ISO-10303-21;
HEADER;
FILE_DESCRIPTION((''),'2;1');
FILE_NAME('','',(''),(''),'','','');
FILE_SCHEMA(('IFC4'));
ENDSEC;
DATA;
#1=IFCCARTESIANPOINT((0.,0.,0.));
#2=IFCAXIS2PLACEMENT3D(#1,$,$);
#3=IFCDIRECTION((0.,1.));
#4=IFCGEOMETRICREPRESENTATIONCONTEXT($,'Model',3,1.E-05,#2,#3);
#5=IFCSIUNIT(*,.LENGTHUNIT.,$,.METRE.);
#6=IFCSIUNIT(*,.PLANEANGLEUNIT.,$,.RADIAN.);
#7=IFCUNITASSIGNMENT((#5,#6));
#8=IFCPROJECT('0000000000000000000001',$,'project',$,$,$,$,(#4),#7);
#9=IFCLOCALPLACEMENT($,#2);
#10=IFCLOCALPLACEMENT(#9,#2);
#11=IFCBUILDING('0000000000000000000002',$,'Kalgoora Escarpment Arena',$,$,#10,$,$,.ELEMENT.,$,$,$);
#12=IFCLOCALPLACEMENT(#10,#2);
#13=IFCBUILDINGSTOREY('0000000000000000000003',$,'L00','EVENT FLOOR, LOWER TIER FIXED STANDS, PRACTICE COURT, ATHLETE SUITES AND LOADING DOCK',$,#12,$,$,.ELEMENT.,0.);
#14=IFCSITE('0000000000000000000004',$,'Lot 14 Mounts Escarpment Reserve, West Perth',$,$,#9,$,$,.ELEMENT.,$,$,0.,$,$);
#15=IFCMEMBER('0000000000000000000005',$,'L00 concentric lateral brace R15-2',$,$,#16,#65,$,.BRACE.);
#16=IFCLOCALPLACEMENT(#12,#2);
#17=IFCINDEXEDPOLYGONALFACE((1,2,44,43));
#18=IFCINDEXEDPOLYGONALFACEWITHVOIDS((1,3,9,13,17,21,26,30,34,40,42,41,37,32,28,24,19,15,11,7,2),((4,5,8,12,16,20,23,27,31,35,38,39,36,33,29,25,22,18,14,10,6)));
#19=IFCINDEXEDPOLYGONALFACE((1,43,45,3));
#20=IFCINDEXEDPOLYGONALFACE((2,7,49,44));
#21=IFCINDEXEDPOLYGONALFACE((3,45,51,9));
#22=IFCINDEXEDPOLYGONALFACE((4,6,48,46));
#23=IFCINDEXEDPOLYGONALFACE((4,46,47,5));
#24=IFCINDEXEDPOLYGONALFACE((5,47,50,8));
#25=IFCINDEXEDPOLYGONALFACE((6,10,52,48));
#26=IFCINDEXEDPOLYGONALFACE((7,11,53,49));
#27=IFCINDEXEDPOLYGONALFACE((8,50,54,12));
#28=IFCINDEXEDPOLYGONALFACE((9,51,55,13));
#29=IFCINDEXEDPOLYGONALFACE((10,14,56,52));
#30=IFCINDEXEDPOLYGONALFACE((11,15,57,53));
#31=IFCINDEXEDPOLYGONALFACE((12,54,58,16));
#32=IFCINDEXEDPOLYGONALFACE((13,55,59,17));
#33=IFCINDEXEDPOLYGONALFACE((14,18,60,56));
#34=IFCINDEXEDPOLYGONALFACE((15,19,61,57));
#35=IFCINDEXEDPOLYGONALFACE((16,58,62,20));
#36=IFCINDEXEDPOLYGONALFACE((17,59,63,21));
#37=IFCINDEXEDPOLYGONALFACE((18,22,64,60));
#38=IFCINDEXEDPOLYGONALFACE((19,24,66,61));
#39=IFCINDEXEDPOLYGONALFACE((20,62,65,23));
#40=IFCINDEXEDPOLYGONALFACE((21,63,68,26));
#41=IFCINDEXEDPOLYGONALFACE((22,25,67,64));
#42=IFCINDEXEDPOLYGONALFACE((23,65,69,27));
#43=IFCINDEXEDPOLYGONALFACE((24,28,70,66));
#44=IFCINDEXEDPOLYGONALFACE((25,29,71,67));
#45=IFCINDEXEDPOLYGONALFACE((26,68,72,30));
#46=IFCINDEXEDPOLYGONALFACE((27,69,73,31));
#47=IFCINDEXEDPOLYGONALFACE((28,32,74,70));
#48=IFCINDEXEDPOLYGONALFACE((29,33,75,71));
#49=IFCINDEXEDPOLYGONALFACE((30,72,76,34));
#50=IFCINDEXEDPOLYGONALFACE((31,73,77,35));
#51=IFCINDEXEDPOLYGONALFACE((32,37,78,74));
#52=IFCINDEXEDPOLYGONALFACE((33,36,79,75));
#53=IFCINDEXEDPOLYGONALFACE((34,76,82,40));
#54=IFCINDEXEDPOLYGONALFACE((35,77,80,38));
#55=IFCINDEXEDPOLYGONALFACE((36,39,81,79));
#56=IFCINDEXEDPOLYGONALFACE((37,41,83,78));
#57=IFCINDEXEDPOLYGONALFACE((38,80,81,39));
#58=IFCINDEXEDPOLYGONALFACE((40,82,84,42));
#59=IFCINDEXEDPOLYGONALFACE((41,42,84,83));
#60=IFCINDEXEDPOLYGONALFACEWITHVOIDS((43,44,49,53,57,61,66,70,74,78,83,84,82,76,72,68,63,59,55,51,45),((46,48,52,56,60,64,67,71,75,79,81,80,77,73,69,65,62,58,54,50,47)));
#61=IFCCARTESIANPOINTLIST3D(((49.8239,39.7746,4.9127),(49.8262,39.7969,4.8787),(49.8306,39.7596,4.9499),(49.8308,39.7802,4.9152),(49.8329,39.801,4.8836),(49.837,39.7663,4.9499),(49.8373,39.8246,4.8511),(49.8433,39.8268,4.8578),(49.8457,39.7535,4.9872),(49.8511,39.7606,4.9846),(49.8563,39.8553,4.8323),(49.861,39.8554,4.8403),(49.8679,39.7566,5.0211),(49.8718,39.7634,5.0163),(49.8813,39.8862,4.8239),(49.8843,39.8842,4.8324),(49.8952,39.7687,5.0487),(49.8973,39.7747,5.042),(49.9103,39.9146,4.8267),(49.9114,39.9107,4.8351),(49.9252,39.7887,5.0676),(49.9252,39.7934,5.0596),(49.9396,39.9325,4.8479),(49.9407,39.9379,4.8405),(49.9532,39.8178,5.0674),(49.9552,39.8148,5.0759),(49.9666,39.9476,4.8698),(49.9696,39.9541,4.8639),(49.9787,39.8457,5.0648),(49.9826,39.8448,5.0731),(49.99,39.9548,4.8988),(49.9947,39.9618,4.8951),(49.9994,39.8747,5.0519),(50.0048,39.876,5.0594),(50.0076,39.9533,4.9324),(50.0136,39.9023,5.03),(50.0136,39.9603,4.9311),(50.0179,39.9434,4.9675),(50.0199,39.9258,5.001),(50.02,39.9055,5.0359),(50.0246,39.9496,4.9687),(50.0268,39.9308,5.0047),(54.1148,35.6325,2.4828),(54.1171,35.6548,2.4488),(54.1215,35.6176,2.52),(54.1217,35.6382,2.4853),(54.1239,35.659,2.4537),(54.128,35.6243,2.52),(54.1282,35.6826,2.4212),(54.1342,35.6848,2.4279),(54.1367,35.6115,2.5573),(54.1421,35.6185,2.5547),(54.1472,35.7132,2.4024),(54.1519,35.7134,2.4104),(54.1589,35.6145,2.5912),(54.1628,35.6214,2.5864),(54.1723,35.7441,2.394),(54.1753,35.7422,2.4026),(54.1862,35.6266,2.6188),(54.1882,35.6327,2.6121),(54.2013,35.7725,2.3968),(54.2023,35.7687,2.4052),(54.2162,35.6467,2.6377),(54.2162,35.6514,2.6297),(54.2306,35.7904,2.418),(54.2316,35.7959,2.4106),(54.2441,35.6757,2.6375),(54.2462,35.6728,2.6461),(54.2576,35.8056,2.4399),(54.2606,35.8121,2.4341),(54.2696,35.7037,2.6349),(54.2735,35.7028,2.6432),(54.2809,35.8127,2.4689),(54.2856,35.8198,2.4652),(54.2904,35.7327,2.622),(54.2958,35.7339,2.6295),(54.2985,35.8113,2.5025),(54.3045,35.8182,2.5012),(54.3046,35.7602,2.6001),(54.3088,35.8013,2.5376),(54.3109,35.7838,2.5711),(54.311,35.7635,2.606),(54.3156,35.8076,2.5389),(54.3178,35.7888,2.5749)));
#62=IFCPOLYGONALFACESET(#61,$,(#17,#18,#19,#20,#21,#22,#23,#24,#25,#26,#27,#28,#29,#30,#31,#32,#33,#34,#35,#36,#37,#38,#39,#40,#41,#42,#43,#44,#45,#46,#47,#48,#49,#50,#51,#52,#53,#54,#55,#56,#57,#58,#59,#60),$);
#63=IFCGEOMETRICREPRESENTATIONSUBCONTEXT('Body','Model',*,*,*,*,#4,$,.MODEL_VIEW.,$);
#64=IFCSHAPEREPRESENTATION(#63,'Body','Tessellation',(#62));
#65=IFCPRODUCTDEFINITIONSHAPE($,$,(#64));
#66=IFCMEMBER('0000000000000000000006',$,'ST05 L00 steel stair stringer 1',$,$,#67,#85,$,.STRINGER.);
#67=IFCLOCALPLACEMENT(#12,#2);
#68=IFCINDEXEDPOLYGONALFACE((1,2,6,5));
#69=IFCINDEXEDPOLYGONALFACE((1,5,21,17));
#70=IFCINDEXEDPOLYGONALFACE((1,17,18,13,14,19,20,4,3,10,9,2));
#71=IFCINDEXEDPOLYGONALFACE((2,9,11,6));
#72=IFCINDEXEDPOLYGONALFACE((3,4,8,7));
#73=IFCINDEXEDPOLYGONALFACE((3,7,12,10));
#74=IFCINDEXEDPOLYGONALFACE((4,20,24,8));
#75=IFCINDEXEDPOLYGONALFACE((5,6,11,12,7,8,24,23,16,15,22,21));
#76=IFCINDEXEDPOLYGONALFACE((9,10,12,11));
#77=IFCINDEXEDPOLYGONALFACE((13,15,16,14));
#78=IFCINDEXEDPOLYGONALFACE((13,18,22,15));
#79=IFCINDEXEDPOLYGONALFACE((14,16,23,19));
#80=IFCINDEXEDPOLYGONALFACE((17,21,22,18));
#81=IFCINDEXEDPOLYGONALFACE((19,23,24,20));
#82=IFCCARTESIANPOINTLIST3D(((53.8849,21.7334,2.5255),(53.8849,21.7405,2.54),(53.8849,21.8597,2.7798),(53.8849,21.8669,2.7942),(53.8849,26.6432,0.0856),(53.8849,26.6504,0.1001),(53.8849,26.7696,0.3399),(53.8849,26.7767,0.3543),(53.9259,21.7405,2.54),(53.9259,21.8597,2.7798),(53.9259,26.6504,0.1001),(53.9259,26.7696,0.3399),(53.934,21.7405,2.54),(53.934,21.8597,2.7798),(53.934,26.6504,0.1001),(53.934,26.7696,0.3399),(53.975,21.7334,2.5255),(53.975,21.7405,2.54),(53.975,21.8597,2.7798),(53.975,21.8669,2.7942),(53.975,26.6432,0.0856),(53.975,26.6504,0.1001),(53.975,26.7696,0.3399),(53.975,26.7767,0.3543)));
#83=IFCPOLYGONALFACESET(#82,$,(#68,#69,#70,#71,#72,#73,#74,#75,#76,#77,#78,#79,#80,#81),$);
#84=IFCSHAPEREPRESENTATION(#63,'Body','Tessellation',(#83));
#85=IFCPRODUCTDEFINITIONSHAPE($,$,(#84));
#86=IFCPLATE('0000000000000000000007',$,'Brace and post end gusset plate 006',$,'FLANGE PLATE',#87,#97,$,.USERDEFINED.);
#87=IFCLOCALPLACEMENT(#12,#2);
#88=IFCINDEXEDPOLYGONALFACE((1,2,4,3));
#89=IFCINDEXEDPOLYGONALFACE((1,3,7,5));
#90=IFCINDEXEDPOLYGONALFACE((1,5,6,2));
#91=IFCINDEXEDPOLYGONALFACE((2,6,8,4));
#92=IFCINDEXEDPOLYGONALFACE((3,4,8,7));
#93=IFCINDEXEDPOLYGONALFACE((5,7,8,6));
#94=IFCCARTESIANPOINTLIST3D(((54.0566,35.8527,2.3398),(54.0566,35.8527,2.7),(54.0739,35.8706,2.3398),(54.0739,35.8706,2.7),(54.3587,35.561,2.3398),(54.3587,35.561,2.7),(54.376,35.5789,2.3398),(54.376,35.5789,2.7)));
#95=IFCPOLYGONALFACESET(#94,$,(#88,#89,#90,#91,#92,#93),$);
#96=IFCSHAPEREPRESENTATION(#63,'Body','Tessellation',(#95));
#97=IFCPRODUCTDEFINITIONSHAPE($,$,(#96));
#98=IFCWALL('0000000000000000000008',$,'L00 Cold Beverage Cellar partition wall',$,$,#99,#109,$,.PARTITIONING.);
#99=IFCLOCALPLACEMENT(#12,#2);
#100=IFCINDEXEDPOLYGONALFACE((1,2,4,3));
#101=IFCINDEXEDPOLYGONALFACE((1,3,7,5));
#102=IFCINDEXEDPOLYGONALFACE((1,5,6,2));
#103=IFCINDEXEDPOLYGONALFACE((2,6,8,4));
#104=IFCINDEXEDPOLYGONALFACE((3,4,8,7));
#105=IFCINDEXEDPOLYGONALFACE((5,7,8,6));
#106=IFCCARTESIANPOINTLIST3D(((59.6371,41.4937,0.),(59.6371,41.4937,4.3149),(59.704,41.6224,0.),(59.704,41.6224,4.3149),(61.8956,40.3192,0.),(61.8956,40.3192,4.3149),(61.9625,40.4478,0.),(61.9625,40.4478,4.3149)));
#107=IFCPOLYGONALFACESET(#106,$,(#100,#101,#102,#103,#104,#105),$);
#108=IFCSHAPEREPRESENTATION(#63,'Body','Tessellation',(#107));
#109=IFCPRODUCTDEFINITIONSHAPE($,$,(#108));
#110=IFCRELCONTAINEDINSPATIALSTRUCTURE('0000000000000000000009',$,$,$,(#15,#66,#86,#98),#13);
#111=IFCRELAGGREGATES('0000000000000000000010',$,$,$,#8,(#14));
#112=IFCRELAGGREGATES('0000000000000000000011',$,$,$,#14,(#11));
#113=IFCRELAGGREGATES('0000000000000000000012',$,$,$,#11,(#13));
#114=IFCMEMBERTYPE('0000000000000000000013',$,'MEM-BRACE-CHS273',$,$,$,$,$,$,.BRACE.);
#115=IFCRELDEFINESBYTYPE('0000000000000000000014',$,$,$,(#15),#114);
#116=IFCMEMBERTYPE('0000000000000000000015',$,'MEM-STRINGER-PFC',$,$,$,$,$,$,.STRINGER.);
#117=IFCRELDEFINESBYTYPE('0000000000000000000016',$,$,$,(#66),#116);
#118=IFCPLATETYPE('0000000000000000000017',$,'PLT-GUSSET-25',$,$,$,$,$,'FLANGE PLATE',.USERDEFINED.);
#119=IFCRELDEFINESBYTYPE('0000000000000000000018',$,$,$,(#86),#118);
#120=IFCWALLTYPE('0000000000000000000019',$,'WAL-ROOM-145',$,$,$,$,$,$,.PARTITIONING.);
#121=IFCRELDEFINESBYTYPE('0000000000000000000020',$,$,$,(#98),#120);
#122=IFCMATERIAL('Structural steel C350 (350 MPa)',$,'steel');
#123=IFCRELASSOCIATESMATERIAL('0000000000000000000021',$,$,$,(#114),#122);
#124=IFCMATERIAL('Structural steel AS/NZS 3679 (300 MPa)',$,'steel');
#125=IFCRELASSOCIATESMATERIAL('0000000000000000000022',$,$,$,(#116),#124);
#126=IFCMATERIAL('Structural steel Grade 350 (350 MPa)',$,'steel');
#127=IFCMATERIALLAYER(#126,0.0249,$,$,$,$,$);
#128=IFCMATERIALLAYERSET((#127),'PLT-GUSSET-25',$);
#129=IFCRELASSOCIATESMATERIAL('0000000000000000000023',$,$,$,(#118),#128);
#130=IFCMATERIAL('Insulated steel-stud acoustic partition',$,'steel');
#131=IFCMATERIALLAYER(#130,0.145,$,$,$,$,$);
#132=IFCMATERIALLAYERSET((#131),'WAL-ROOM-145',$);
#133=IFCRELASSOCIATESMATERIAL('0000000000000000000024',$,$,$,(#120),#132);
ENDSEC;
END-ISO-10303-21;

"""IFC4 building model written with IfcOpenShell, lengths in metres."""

from ifc_helpers import new_model, si_unit, direction, frame, frame_2d, origin, origin_2d, place, context, subcontext, project, spatial, rectangle, hollow_circle, i_section, extrude, material, layer, layer_set, material_profile, profile_set, type_object, element, save


model = new_model("IFC4")

# Units and contexts
model_context = context("Model", 3, precision=1e-05, world=origin(), true_north=direction((0.0, 1.0)))
body_context = subcontext(model_context, "Body", "Model", "MODEL_VIEW")
ifc_project = project(units=[si_unit("LENGTHUNIT", "METRE"), si_unit("PLANEANGLEUNIT", "RADIAN")], contexts=[model_context])

# Site, building, storey
site_placement = place(None, origin())
site = spatial("IfcSite", under=ifc_project, at=site_placement, Name="Lot 14 Mounts Escarpment Reserve, West Perth", CompositionType="ELEMENT", RefElevation=0.0)
building_placement = place(site_placement, origin())
building = spatial("IfcBuilding", under=site, at=building_placement, Name="Kalgoora Escarpment Arena", CompositionType="ELEMENT")
storey_placement = place(building_placement, origin())
storey = spatial("IfcBuildingStorey", under=building, at=storey_placement, Name="L00", Description="EVENT FLOOR, LOWER TIER FIXED STANDS, PRACTICE COURT, ATHLETE SUITES AND LOADING DOCK", CompositionType="ELEMENT", Elevation=0.0)

# Members
ifc_material_1 = material(Name="Structural steel C350 (350 MPa)", Category="steel")
ifc_material_profile_1 = material_profile(ifc_material_1, hollow_circle(Radius=0.1365, WallThickness=0.0093, at=origin_2d()))
ifc_profile_set_1 = profile_set([ifc_material_profile_1], Name="Structural steel C350 (350 MPa)")
member_type_1 = type_object("IfcMemberType", Name="MEM-BRACE-CHS273", PredefinedType="BRACE", material=ifc_profile_set_1)
member_1_placement = place(storey_placement, frame((54.2163, 35.7158, 2.52), z_axis=(-0.666301, 0.643176, 0.377315), x_axis=(-0.694511, -0.719482, 0.0)))
element("IfcMember", 1, at=member_1_placement, inside=storey, type_object=member_type_1, Name="L00 concentric lateral brace R15-2", PredefinedType="BRACE", context=body_context, shape_type="SweptSolid", body=[
    extrude(hollow_circle(Radius=0.1365, WallThickness=0.0093, at=origin_2d()), origin(), (0.0, 0.0, 1.0), 6.4399),
])
ifc_material_2 = material(Name="Structural steel AS/NZS 3679 (300 MPa)", Category="steel")
ifc_material_profile_2 = material_profile(ifc_material_2, i_section(OverallWidth=0.0901, OverallDepth=0.3, WebThickness=0.0081, FlangeThickness=0.0161, at=origin_2d()))
ifc_profile_set_2 = profile_set([ifc_material_profile_2], Name="Structural steel AS/NZS 3679 (300 MPa)")
member_type_2 = type_object("IfcMemberType", Name="MEM-STRINGER-PFC", PredefinedType="STRINGER", material=ifc_profile_set_2)
member_2_placement = place(storey_placement, frame((53.9299, 26.71, 0.22), z_axis=(0.0, -0.89552, 0.445021), x_axis=(1.0, 0.0, 0.0)))
element("IfcMember", 2, at=member_2_placement, inside=storey, type_object=member_type_2, Name="ST05 L00 steel stair stringer 1", PredefinedType="STRINGER", context=body_context, shape_type="SweptSolid", body=[
    extrude(i_section(OverallWidth=0.0901, OverallDepth=0.3, WebThickness=0.0081, FlangeThickness=0.0161, at=origin_2d()), origin(), (0.0, 0.0, 1.0), 5.4827),
])

# Plate
ifc_material_3 = material(Name="Structural steel Grade 350 (350 MPa)", Category="steel")
ifc_layer_1 = layer(ifc_material_3, 0.0249)
ifc_layer_set_1 = layer_set([ifc_layer_1], Name="PLT-GUSSET-25")
plate_type = type_object("IfcPlateType", Name="PLT-GUSSET-25", ElementType="FLANGE PLATE", PredefinedType="USERDEFINED", material=ifc_layer_set_1)
plate_placement = place(storey_placement, frame((54.2163, 35.7158, 2.3398), z_axis=(0.0, 0.0, 1.0), x_axis=(-0.71934, 0.694658, 0.0)))
element("IfcPlate", 3, at=plate_placement, inside=storey, type_object=plate_type, Name="Brace and post end gusset plate 006", ObjectType="FLANGE PLATE", PredefinedType="USERDEFINED", context=body_context, shape_type="SweptSolid", body=[
    extrude(rectangle(XDim=0.4199, YDim=0.0249, at=origin_2d()), origin(), (0.0, 0.0, 1.0), 0.3601),
])

# Wall
ifc_material_4 = material(Name="Insulated steel-stud acoustic partition", Category="steel")
ifc_layer_2 = layer(ifc_material_4, 0.145)
ifc_layer_set_2 = layer_set([ifc_layer_2], Name="WAL-ROOM-145")
wall_type = type_object("IfcWallType", Name="WAL-ROOM-145", PredefinedType="PARTITIONING", material=ifc_layer_set_2)
wall_placement = place(storey_placement, frame((59.6704, 41.5581, 0.0), z_axis=(0.0, 0.0, 1.0), x_axis=(0.887198, -0.461389, 0.0)))
element("IfcWall", 4, at=wall_placement, inside=storey, type_object=wall_type, Name="L00 Cold Beverage Cellar partition wall", PredefinedType="PARTITIONING", context=body_context, shape_type="SweptSolid", body=[
    extrude(rectangle(XDim=2.5457, YDim=0.145, at=frame_2d((1.2729, 0.0))), origin(), (0.0, 0.0, 1.0), 4.3149),
])

save(model, "model.ifc")
